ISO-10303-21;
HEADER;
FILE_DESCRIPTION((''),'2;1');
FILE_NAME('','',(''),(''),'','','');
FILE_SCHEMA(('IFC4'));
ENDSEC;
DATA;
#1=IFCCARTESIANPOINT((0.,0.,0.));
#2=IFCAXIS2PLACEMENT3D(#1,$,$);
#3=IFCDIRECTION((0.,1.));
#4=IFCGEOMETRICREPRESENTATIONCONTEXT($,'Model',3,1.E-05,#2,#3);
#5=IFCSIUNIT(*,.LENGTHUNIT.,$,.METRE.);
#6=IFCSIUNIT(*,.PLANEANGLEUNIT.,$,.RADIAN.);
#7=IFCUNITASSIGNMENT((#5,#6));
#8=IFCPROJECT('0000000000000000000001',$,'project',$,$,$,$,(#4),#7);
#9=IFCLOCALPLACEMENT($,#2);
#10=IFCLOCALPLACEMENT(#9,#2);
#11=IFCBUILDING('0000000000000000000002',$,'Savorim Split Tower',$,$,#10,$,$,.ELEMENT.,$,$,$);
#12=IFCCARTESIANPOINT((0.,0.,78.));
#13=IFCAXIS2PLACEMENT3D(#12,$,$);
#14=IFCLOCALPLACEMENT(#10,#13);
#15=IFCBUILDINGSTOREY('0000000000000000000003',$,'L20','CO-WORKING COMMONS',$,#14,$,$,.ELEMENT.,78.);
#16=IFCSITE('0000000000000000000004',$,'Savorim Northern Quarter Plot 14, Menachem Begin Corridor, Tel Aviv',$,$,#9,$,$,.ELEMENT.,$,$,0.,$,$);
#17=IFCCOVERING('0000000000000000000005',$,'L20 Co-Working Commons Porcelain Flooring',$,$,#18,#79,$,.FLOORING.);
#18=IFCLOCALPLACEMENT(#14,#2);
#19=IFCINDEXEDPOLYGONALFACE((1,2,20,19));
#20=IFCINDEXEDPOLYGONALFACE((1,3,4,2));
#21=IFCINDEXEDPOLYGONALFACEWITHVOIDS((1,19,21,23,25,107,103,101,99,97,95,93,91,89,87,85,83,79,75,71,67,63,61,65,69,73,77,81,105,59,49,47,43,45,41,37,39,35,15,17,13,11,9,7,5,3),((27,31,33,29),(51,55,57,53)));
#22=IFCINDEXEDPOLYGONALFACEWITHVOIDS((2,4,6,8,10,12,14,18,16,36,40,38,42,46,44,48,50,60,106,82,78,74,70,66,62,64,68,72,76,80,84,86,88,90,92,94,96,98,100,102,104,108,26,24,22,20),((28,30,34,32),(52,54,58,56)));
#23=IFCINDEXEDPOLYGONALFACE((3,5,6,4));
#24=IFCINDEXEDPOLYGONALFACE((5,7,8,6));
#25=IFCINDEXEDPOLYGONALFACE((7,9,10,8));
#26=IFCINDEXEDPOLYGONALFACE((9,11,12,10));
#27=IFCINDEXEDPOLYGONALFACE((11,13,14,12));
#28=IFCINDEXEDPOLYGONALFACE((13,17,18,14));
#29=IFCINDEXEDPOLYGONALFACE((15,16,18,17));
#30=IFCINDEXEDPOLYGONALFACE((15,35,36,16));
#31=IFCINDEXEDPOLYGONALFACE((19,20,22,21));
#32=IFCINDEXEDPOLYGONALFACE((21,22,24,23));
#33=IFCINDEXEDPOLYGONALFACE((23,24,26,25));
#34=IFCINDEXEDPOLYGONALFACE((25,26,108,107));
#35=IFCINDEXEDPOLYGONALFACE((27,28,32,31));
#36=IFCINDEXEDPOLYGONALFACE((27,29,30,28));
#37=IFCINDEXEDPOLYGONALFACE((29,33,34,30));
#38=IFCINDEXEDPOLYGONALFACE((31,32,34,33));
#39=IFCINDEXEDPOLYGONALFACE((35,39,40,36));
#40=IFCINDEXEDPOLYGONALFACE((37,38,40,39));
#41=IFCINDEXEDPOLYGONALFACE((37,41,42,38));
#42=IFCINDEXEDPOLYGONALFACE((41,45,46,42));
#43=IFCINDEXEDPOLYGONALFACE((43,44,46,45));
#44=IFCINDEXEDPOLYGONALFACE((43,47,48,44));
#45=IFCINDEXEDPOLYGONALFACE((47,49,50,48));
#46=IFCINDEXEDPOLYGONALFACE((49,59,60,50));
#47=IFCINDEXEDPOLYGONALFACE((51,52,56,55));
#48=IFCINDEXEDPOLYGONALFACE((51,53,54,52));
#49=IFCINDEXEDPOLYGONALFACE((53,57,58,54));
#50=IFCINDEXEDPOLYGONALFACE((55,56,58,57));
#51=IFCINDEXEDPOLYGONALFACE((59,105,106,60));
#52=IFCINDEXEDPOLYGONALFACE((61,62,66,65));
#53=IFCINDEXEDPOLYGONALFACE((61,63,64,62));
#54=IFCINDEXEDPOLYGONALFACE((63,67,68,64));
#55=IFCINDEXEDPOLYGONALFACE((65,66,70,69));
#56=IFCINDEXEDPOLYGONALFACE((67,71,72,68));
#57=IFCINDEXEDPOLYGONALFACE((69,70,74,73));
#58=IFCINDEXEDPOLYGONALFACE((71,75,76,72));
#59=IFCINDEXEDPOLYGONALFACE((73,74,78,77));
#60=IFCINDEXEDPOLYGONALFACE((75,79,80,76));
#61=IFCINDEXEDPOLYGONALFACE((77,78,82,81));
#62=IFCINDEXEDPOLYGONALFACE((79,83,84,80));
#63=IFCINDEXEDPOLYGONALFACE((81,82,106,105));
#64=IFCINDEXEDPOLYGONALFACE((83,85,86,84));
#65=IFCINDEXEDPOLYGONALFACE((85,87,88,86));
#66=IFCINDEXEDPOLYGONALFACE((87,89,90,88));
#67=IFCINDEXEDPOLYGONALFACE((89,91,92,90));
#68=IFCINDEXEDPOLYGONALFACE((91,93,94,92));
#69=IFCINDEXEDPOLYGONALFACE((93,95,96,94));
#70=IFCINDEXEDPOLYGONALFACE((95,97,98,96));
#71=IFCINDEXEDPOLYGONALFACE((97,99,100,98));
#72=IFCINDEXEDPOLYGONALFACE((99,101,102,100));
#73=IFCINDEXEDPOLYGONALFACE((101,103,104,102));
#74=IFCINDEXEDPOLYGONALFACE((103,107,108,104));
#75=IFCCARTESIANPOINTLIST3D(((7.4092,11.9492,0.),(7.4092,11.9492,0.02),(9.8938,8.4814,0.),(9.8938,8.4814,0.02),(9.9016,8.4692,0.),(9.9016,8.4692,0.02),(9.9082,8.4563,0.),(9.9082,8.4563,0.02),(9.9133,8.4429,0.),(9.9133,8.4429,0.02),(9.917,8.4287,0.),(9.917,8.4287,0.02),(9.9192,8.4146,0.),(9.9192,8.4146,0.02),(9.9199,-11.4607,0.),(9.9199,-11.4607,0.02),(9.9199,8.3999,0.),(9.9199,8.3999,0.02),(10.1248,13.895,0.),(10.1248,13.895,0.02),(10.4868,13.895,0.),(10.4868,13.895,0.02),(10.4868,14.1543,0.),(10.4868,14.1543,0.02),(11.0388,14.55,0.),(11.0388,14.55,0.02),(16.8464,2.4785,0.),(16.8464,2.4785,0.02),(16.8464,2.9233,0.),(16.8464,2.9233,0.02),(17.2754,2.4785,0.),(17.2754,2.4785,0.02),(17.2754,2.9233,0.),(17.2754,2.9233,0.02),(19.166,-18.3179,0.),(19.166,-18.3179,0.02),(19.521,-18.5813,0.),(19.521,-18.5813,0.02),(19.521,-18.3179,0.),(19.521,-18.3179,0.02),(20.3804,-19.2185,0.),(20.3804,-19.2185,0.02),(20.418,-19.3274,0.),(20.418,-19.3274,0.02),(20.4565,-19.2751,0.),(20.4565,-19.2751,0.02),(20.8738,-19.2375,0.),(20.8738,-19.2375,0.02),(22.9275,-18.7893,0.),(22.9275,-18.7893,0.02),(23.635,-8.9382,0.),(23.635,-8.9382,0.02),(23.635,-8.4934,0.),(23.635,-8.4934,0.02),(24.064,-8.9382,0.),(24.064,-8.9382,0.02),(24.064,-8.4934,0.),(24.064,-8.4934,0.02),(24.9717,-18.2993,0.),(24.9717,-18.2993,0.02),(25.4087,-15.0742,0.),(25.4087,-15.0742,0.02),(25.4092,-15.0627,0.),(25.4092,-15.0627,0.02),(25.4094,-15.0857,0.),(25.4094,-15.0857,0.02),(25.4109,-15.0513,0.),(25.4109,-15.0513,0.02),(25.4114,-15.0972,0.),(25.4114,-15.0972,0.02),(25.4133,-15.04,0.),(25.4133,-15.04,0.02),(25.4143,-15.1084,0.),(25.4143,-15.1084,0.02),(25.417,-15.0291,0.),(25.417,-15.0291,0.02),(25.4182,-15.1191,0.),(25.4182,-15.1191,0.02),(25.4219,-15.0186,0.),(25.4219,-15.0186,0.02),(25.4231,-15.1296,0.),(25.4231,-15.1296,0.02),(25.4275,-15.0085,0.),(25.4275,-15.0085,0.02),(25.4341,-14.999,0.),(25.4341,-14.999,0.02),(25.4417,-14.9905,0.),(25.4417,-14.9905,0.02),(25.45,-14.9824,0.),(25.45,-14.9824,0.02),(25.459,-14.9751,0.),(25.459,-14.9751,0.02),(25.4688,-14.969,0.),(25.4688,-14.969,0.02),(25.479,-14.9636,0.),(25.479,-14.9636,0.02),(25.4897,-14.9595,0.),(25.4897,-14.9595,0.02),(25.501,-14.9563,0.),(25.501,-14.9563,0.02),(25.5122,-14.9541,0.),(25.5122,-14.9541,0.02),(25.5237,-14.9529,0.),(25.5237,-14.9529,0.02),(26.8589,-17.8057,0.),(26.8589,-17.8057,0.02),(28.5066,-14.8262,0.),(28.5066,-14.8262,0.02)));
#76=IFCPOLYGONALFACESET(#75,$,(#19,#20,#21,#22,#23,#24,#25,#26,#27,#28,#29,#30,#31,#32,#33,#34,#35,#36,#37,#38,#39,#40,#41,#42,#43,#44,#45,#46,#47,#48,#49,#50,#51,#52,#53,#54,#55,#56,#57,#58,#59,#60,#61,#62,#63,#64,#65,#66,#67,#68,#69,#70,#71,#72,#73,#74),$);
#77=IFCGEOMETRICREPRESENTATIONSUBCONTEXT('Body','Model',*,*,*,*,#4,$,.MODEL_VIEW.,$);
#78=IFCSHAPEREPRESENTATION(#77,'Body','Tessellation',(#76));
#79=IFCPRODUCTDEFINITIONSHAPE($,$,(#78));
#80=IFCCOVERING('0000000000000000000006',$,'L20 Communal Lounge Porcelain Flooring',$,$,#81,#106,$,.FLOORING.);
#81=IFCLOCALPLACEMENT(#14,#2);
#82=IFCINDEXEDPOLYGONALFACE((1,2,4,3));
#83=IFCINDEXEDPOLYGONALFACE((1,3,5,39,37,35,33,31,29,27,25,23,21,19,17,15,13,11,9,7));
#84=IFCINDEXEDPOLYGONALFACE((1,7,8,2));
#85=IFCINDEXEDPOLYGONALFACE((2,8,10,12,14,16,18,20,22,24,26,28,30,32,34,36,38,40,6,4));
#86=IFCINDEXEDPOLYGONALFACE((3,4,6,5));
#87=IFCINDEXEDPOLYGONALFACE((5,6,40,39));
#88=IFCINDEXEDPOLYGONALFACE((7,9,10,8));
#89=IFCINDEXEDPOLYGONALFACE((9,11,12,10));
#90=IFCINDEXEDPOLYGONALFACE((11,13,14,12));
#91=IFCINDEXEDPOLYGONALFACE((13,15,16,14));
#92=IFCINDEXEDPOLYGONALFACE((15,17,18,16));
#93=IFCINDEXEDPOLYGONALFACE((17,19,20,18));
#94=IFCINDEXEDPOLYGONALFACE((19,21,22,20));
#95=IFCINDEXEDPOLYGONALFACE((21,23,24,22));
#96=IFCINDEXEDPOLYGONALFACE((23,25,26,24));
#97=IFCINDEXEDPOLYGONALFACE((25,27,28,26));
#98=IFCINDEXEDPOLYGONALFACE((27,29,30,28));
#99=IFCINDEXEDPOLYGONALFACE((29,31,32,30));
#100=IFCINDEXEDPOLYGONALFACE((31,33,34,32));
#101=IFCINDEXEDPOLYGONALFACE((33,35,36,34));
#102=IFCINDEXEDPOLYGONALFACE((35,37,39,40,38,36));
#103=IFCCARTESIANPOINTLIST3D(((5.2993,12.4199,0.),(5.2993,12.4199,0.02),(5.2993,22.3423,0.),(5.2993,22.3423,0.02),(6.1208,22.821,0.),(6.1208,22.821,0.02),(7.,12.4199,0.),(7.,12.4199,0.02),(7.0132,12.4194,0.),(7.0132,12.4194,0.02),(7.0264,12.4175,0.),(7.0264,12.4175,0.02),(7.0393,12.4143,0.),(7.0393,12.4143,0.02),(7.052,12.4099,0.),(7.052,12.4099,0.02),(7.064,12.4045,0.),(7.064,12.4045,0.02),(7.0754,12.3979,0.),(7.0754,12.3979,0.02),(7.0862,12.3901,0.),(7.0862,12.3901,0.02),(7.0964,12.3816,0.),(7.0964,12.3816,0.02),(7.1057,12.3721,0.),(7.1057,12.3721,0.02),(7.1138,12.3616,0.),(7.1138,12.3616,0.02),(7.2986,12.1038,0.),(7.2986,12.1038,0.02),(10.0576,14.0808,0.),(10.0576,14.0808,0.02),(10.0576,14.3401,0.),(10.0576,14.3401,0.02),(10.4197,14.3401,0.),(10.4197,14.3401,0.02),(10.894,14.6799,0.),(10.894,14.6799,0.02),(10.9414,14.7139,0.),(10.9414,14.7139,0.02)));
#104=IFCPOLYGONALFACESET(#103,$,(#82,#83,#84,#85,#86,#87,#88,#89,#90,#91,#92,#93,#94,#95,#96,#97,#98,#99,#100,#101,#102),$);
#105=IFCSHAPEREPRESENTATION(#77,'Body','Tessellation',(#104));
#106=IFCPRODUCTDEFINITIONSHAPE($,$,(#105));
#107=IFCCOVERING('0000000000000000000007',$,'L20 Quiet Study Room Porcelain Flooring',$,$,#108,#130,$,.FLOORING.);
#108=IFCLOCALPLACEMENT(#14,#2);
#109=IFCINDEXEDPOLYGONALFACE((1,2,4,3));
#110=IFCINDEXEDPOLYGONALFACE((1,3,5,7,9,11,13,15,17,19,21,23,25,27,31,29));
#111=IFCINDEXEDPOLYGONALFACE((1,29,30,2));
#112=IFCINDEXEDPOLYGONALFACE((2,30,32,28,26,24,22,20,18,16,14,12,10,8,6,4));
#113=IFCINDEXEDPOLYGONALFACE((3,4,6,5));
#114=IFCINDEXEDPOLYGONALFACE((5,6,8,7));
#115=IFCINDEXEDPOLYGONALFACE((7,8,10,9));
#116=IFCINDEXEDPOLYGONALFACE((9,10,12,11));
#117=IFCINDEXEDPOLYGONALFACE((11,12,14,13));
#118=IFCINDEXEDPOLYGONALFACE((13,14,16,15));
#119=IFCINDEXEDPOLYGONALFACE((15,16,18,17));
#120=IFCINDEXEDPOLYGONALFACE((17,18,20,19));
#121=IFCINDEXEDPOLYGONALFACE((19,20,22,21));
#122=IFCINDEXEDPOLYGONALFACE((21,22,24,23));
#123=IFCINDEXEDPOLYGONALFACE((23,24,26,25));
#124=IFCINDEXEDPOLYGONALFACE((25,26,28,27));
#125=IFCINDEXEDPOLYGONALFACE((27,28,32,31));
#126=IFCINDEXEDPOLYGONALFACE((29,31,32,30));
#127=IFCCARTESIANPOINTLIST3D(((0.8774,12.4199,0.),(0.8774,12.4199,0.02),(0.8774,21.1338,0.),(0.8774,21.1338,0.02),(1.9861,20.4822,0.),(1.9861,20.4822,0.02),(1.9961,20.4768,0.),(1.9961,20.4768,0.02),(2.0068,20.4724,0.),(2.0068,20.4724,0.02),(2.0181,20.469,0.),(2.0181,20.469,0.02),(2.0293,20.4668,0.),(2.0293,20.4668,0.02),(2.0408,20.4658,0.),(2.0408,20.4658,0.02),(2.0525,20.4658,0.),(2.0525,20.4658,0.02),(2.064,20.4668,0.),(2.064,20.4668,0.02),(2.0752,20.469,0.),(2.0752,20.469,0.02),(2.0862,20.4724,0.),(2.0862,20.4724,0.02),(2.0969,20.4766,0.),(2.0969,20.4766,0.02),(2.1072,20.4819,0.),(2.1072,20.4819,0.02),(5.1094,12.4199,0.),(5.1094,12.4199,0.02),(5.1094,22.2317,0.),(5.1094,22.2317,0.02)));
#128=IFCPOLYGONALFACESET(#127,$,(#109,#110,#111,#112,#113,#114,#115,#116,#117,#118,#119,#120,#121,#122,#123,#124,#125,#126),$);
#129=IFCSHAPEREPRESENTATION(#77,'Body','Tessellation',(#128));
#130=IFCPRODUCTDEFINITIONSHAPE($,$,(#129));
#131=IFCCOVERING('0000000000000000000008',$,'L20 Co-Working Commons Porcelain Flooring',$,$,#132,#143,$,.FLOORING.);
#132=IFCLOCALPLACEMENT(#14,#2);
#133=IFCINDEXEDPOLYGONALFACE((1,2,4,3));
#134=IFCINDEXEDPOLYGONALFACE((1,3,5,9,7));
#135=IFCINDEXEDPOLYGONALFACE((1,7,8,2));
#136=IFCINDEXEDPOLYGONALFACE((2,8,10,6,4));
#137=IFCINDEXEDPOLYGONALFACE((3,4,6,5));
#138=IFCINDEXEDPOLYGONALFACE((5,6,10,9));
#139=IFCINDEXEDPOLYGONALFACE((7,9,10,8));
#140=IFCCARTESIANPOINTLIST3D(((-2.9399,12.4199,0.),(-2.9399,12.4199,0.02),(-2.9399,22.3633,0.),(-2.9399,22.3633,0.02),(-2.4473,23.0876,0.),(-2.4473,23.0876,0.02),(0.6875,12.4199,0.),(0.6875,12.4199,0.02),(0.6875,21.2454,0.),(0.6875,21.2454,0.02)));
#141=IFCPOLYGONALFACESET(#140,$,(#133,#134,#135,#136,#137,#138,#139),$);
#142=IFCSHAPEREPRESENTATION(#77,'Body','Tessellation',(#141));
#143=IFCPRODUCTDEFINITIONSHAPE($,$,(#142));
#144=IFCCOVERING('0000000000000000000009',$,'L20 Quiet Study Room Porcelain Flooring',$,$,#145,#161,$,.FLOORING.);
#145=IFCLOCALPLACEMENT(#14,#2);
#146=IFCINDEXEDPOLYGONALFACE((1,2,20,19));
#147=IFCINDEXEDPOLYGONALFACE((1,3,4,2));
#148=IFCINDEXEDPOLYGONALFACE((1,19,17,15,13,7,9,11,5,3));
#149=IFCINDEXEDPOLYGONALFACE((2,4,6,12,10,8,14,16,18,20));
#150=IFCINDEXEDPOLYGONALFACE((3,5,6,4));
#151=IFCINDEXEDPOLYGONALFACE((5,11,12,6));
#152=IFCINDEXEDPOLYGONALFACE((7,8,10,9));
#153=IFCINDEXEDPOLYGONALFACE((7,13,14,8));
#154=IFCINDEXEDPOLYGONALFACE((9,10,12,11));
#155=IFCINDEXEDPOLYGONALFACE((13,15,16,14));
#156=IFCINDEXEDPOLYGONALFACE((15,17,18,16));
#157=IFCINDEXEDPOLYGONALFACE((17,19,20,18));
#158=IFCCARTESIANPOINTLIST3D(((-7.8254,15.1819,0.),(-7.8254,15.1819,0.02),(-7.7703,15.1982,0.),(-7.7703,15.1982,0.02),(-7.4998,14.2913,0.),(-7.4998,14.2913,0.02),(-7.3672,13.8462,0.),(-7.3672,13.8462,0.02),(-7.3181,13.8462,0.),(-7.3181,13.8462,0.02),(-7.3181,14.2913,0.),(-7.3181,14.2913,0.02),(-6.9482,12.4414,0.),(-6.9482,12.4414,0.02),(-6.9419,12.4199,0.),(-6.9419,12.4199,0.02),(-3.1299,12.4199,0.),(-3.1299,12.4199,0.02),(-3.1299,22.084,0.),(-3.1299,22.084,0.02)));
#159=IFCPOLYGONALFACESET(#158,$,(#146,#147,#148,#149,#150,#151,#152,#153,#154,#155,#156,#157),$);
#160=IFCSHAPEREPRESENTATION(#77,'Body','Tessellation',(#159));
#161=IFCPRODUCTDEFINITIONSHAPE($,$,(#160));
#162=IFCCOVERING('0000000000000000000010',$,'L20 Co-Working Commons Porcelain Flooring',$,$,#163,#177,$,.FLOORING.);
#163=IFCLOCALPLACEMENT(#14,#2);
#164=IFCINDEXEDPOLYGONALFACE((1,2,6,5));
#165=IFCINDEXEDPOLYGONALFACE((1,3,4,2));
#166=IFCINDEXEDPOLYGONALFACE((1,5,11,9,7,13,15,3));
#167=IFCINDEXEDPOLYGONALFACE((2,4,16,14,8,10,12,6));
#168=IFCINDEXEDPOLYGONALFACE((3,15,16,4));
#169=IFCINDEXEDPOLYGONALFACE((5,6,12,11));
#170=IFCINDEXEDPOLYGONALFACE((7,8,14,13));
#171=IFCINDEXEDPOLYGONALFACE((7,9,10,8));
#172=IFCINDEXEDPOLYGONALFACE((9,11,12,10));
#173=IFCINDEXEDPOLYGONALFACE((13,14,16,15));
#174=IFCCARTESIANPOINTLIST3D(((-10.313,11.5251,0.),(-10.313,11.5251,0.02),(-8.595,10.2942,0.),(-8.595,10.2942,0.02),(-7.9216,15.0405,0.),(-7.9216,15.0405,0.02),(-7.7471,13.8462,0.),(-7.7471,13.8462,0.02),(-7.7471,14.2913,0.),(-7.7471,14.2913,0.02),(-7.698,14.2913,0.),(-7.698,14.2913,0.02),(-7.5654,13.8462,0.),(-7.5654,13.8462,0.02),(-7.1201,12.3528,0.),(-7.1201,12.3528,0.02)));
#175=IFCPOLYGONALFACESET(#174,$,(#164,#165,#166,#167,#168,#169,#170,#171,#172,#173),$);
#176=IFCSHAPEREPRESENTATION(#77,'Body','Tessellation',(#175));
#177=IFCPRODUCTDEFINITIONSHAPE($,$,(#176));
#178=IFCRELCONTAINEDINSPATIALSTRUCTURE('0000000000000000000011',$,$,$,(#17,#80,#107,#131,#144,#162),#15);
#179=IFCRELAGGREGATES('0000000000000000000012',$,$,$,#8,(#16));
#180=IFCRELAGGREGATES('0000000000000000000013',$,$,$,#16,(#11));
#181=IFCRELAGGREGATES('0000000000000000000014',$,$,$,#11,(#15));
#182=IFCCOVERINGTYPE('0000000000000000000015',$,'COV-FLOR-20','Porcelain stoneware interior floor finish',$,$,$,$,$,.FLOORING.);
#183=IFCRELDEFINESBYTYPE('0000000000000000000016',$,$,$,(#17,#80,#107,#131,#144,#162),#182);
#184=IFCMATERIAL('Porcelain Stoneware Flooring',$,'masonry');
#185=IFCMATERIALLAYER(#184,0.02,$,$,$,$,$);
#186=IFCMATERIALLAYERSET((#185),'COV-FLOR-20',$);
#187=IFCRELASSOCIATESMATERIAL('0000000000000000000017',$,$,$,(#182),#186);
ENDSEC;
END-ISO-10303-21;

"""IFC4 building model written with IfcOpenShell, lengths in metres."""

from ifc_helpers import new_model, si_unit, direction, frame, origin, place, context, subcontext, project, spatial, polyline, outline, extrude, material, layer, layer_set, type_object, element, save


model = new_model("IFC4")

# Units and contexts
model_context = context("Model", 3, precision=1e-05, world=origin(), true_north=direction((0.0, 1.0)))
body_context = subcontext(model_context, "Body", "Model", "MODEL_VIEW")
ifc_project = project(units=[si_unit("LENGTHUNIT", "METRE"), si_unit("PLANEANGLEUNIT", "RADIAN")], contexts=[model_context])

# Site, building, storey
site_placement = place(None, origin())
site = spatial("IfcSite", under=ifc_project, at=site_placement, Name="Savorim Northern Quarter Plot 14, Menachem Begin Corridor, Tel Aviv", CompositionType="ELEMENT", RefElevation=0.0)
building_placement = place(site_placement, origin())
building = spatial("IfcBuilding", under=site, at=building_placement, Name="Savorim Split Tower", CompositionType="ELEMENT")
storey_placement = place(building_placement, frame((0.0, 0.0, 78.0)))
storey = spatial("IfcBuildingStorey", under=building, at=storey_placement, Name="L20", Description="CO-WORKING COMMONS", CompositionType="ELEMENT", Elevation=78.0)

# Coverings
ifc_material_1 = material(Name="Porcelain Stoneware Flooring", Category="masonry")
ifc_layer_1 = layer(ifc_material_1, 0.02)
ifc_layer_set_1 = layer_set([ifc_layer_1], Name="COV-FLOR-20")
covering_type_1 = type_object("IfcCoveringType", Name="COV-FLOR-20", Description="Porcelain stoneware interior floor finish", PredefinedType="FLOORING", material=ifc_layer_set_1)
covering_1_placement = place(storey_placement, origin())
element("IfcCovering", 1, at=covering_1_placement, inside=storey, type_object=covering_type_1, Name="L20 Co-Working Commons Porcelain Flooring", PredefinedType="FLOORING", context=body_context, shape_type="SweptSolid", body=[
    extrude(outline(polyline([(25.501, -14.9563), (25.5122, -14.9541), (25.5237, -14.9529), (28.5066, -14.8262), (11.0388, 14.55), (10.4868, 14.1543), (10.4868, 13.895), (10.1248, 13.895), (7.4092, 11.9492), (9.8938, 8.4814), (9.9016, 8.4692), (9.9082, 8.4563), (9.9133, 8.4429), (9.917, 8.4287), (9.9192, 8.4146), (9.9199, 8.3999), (9.9199, -11.4607), (19.166, -18.3179), (19.521, -18.3179), (19.521, -18.5813), (20.3804, -19.2185), (20.4565, -19.2751), (20.418, -19.3274), (20.8738, -19.2375), (22.9275, -18.7893), (24.9717, -18.2993), (26.8589, -17.8057), (25.4231, -15.1296), (25.4182, -15.1191), (25.4143, -15.1084), (25.4114, -15.0972), (25.4094, -15.0857), (25.4087, -15.0742), (25.4092, -15.0627), (25.4109, -15.0513), (25.4133, -15.04), (25.417, -15.0291), (25.4219, -15.0186), (25.4275, -15.0085), (25.4341, -14.999), (25.4417, -14.9905), (25.45, -14.9824), (25.459, -14.9751), (25.4688, -14.969), (25.479, -14.9636), (25.4897, -14.9595), (25.501, -14.9563)]), holes=[polyline([(24.064, -8.9382), (24.064, -8.4934), (23.635, -8.4934), (23.635, -8.9382), (24.064, -8.9382)]), polyline([(17.2754, 2.4785), (17.2754, 2.9233), (16.8464, 2.9233), (16.8464, 2.4785), (17.2754, 2.4785)])]), origin(), (0.0, 0.0, 1.0), 0.02),
])
covering_2_placement = place(storey_placement, origin())
element("IfcCovering", 2, at=covering_2_placement, inside=storey, type_object=covering_type_1, Name="L20 Communal Lounge Porcelain Flooring", PredefinedType="FLOORING", context=body_context, shape_type="SweptSolid", body=[
    extrude(outline(polyline([(10.894, 14.6799), (10.9414, 14.7139), (6.1208, 22.821), (5.2993, 22.3423), (5.2993, 12.4199), (7.0, 12.4199), (7.0132, 12.4194), (7.0264, 12.4175), (7.0393, 12.4143), (7.052, 12.4099), (7.064, 12.4045), (7.0754, 12.3979), (7.0862, 12.3901), (7.0964, 12.3816), (7.1057, 12.3721), (7.1138, 12.3616), (7.2986, 12.1038), (10.0576, 14.0808), (10.0576, 14.3401), (10.4197, 14.3401), (10.894, 14.6799)])), origin(), (0.0, 0.0, 1.0), 0.02),
])
covering_3_placement = place(storey_placement, origin())
element("IfcCovering", 3, at=covering_3_placement, inside=storey, type_object=covering_type_1, Name="L20 Quiet Study Room Porcelain Flooring", PredefinedType="FLOORING", context=body_context, shape_type="SweptSolid", body=[
    extrude(outline(polyline([(2.0068, 20.4724), (1.9961, 20.4768), (1.9861, 20.4822), (0.8774, 21.1338), (0.8774, 12.4199), (5.1094, 12.4199), (5.1094, 22.2317), (2.1072, 20.4819), (2.0969, 20.4766), (2.0862, 20.4724), (2.0752, 20.469), (2.064, 20.4668), (2.0525, 20.4658), (2.0408, 20.4658), (2.0293, 20.4668), (2.0181, 20.469), (2.0068, 20.4724)])), origin(), (0.0, 0.0, 1.0), 0.02),
])
covering_4_placement = place(storey_placement, origin())
element("IfcCovering", 4, at=covering_4_placement, inside=storey, type_object=covering_type_1, Name="L20 Co-Working Commons Porcelain Flooring", PredefinedType="FLOORING", context=body_context, shape_type="SweptSolid", body=[
    extrude(outline(polyline([(-2.9399, 12.4199), (0.6875, 12.4199), (0.6875, 21.2454), (-2.4473, 23.0876), (-2.9399, 22.3633), (-2.9399, 12.4199)])), origin(), (0.0, 0.0, 1.0), 0.02),
])
covering_5_placement = place(storey_placement, origin())
element("IfcCovering", 5, at=covering_5_placement, inside=storey, type_object=covering_type_1, Name="L20 Quiet Study Room Porcelain Flooring", PredefinedType="FLOORING", context=body_context, shape_type="SweptSolid", body=[
    extrude(outline(polyline([(-7.3672, 13.8462), (-6.9482, 12.4414), (-6.9419, 12.4199), (-3.1299, 12.4199), (-3.1299, 22.084), (-7.8254, 15.1819), (-7.7703, 15.1982), (-7.4998, 14.2913), (-7.3181, 14.2913), (-7.3181, 13.8462), (-7.3672, 13.8462)])), origin(), (0.0, 0.0, 1.0), 0.02),
])
covering_6_placement = place(storey_placement, origin())
element("IfcCovering", 6, at=covering_6_placement, inside=storey, type_object=covering_type_1, Name="L20 Co-Working Commons Porcelain Flooring", PredefinedType="FLOORING", context=body_context, shape_type="SweptSolid", body=[
    extrude(outline(polyline([(-10.313, 11.5251), (-8.595, 10.2942), (-7.1201, 12.3528), (-7.5654, 13.8462), (-7.7471, 13.8462), (-7.7471, 14.2913), (-7.698, 14.2913), (-7.9216, 15.0405), (-10.313, 11.5251)])), origin(), (0.0, 0.0, 1.0), 0.02),
])

save(model, "model.ifc")
